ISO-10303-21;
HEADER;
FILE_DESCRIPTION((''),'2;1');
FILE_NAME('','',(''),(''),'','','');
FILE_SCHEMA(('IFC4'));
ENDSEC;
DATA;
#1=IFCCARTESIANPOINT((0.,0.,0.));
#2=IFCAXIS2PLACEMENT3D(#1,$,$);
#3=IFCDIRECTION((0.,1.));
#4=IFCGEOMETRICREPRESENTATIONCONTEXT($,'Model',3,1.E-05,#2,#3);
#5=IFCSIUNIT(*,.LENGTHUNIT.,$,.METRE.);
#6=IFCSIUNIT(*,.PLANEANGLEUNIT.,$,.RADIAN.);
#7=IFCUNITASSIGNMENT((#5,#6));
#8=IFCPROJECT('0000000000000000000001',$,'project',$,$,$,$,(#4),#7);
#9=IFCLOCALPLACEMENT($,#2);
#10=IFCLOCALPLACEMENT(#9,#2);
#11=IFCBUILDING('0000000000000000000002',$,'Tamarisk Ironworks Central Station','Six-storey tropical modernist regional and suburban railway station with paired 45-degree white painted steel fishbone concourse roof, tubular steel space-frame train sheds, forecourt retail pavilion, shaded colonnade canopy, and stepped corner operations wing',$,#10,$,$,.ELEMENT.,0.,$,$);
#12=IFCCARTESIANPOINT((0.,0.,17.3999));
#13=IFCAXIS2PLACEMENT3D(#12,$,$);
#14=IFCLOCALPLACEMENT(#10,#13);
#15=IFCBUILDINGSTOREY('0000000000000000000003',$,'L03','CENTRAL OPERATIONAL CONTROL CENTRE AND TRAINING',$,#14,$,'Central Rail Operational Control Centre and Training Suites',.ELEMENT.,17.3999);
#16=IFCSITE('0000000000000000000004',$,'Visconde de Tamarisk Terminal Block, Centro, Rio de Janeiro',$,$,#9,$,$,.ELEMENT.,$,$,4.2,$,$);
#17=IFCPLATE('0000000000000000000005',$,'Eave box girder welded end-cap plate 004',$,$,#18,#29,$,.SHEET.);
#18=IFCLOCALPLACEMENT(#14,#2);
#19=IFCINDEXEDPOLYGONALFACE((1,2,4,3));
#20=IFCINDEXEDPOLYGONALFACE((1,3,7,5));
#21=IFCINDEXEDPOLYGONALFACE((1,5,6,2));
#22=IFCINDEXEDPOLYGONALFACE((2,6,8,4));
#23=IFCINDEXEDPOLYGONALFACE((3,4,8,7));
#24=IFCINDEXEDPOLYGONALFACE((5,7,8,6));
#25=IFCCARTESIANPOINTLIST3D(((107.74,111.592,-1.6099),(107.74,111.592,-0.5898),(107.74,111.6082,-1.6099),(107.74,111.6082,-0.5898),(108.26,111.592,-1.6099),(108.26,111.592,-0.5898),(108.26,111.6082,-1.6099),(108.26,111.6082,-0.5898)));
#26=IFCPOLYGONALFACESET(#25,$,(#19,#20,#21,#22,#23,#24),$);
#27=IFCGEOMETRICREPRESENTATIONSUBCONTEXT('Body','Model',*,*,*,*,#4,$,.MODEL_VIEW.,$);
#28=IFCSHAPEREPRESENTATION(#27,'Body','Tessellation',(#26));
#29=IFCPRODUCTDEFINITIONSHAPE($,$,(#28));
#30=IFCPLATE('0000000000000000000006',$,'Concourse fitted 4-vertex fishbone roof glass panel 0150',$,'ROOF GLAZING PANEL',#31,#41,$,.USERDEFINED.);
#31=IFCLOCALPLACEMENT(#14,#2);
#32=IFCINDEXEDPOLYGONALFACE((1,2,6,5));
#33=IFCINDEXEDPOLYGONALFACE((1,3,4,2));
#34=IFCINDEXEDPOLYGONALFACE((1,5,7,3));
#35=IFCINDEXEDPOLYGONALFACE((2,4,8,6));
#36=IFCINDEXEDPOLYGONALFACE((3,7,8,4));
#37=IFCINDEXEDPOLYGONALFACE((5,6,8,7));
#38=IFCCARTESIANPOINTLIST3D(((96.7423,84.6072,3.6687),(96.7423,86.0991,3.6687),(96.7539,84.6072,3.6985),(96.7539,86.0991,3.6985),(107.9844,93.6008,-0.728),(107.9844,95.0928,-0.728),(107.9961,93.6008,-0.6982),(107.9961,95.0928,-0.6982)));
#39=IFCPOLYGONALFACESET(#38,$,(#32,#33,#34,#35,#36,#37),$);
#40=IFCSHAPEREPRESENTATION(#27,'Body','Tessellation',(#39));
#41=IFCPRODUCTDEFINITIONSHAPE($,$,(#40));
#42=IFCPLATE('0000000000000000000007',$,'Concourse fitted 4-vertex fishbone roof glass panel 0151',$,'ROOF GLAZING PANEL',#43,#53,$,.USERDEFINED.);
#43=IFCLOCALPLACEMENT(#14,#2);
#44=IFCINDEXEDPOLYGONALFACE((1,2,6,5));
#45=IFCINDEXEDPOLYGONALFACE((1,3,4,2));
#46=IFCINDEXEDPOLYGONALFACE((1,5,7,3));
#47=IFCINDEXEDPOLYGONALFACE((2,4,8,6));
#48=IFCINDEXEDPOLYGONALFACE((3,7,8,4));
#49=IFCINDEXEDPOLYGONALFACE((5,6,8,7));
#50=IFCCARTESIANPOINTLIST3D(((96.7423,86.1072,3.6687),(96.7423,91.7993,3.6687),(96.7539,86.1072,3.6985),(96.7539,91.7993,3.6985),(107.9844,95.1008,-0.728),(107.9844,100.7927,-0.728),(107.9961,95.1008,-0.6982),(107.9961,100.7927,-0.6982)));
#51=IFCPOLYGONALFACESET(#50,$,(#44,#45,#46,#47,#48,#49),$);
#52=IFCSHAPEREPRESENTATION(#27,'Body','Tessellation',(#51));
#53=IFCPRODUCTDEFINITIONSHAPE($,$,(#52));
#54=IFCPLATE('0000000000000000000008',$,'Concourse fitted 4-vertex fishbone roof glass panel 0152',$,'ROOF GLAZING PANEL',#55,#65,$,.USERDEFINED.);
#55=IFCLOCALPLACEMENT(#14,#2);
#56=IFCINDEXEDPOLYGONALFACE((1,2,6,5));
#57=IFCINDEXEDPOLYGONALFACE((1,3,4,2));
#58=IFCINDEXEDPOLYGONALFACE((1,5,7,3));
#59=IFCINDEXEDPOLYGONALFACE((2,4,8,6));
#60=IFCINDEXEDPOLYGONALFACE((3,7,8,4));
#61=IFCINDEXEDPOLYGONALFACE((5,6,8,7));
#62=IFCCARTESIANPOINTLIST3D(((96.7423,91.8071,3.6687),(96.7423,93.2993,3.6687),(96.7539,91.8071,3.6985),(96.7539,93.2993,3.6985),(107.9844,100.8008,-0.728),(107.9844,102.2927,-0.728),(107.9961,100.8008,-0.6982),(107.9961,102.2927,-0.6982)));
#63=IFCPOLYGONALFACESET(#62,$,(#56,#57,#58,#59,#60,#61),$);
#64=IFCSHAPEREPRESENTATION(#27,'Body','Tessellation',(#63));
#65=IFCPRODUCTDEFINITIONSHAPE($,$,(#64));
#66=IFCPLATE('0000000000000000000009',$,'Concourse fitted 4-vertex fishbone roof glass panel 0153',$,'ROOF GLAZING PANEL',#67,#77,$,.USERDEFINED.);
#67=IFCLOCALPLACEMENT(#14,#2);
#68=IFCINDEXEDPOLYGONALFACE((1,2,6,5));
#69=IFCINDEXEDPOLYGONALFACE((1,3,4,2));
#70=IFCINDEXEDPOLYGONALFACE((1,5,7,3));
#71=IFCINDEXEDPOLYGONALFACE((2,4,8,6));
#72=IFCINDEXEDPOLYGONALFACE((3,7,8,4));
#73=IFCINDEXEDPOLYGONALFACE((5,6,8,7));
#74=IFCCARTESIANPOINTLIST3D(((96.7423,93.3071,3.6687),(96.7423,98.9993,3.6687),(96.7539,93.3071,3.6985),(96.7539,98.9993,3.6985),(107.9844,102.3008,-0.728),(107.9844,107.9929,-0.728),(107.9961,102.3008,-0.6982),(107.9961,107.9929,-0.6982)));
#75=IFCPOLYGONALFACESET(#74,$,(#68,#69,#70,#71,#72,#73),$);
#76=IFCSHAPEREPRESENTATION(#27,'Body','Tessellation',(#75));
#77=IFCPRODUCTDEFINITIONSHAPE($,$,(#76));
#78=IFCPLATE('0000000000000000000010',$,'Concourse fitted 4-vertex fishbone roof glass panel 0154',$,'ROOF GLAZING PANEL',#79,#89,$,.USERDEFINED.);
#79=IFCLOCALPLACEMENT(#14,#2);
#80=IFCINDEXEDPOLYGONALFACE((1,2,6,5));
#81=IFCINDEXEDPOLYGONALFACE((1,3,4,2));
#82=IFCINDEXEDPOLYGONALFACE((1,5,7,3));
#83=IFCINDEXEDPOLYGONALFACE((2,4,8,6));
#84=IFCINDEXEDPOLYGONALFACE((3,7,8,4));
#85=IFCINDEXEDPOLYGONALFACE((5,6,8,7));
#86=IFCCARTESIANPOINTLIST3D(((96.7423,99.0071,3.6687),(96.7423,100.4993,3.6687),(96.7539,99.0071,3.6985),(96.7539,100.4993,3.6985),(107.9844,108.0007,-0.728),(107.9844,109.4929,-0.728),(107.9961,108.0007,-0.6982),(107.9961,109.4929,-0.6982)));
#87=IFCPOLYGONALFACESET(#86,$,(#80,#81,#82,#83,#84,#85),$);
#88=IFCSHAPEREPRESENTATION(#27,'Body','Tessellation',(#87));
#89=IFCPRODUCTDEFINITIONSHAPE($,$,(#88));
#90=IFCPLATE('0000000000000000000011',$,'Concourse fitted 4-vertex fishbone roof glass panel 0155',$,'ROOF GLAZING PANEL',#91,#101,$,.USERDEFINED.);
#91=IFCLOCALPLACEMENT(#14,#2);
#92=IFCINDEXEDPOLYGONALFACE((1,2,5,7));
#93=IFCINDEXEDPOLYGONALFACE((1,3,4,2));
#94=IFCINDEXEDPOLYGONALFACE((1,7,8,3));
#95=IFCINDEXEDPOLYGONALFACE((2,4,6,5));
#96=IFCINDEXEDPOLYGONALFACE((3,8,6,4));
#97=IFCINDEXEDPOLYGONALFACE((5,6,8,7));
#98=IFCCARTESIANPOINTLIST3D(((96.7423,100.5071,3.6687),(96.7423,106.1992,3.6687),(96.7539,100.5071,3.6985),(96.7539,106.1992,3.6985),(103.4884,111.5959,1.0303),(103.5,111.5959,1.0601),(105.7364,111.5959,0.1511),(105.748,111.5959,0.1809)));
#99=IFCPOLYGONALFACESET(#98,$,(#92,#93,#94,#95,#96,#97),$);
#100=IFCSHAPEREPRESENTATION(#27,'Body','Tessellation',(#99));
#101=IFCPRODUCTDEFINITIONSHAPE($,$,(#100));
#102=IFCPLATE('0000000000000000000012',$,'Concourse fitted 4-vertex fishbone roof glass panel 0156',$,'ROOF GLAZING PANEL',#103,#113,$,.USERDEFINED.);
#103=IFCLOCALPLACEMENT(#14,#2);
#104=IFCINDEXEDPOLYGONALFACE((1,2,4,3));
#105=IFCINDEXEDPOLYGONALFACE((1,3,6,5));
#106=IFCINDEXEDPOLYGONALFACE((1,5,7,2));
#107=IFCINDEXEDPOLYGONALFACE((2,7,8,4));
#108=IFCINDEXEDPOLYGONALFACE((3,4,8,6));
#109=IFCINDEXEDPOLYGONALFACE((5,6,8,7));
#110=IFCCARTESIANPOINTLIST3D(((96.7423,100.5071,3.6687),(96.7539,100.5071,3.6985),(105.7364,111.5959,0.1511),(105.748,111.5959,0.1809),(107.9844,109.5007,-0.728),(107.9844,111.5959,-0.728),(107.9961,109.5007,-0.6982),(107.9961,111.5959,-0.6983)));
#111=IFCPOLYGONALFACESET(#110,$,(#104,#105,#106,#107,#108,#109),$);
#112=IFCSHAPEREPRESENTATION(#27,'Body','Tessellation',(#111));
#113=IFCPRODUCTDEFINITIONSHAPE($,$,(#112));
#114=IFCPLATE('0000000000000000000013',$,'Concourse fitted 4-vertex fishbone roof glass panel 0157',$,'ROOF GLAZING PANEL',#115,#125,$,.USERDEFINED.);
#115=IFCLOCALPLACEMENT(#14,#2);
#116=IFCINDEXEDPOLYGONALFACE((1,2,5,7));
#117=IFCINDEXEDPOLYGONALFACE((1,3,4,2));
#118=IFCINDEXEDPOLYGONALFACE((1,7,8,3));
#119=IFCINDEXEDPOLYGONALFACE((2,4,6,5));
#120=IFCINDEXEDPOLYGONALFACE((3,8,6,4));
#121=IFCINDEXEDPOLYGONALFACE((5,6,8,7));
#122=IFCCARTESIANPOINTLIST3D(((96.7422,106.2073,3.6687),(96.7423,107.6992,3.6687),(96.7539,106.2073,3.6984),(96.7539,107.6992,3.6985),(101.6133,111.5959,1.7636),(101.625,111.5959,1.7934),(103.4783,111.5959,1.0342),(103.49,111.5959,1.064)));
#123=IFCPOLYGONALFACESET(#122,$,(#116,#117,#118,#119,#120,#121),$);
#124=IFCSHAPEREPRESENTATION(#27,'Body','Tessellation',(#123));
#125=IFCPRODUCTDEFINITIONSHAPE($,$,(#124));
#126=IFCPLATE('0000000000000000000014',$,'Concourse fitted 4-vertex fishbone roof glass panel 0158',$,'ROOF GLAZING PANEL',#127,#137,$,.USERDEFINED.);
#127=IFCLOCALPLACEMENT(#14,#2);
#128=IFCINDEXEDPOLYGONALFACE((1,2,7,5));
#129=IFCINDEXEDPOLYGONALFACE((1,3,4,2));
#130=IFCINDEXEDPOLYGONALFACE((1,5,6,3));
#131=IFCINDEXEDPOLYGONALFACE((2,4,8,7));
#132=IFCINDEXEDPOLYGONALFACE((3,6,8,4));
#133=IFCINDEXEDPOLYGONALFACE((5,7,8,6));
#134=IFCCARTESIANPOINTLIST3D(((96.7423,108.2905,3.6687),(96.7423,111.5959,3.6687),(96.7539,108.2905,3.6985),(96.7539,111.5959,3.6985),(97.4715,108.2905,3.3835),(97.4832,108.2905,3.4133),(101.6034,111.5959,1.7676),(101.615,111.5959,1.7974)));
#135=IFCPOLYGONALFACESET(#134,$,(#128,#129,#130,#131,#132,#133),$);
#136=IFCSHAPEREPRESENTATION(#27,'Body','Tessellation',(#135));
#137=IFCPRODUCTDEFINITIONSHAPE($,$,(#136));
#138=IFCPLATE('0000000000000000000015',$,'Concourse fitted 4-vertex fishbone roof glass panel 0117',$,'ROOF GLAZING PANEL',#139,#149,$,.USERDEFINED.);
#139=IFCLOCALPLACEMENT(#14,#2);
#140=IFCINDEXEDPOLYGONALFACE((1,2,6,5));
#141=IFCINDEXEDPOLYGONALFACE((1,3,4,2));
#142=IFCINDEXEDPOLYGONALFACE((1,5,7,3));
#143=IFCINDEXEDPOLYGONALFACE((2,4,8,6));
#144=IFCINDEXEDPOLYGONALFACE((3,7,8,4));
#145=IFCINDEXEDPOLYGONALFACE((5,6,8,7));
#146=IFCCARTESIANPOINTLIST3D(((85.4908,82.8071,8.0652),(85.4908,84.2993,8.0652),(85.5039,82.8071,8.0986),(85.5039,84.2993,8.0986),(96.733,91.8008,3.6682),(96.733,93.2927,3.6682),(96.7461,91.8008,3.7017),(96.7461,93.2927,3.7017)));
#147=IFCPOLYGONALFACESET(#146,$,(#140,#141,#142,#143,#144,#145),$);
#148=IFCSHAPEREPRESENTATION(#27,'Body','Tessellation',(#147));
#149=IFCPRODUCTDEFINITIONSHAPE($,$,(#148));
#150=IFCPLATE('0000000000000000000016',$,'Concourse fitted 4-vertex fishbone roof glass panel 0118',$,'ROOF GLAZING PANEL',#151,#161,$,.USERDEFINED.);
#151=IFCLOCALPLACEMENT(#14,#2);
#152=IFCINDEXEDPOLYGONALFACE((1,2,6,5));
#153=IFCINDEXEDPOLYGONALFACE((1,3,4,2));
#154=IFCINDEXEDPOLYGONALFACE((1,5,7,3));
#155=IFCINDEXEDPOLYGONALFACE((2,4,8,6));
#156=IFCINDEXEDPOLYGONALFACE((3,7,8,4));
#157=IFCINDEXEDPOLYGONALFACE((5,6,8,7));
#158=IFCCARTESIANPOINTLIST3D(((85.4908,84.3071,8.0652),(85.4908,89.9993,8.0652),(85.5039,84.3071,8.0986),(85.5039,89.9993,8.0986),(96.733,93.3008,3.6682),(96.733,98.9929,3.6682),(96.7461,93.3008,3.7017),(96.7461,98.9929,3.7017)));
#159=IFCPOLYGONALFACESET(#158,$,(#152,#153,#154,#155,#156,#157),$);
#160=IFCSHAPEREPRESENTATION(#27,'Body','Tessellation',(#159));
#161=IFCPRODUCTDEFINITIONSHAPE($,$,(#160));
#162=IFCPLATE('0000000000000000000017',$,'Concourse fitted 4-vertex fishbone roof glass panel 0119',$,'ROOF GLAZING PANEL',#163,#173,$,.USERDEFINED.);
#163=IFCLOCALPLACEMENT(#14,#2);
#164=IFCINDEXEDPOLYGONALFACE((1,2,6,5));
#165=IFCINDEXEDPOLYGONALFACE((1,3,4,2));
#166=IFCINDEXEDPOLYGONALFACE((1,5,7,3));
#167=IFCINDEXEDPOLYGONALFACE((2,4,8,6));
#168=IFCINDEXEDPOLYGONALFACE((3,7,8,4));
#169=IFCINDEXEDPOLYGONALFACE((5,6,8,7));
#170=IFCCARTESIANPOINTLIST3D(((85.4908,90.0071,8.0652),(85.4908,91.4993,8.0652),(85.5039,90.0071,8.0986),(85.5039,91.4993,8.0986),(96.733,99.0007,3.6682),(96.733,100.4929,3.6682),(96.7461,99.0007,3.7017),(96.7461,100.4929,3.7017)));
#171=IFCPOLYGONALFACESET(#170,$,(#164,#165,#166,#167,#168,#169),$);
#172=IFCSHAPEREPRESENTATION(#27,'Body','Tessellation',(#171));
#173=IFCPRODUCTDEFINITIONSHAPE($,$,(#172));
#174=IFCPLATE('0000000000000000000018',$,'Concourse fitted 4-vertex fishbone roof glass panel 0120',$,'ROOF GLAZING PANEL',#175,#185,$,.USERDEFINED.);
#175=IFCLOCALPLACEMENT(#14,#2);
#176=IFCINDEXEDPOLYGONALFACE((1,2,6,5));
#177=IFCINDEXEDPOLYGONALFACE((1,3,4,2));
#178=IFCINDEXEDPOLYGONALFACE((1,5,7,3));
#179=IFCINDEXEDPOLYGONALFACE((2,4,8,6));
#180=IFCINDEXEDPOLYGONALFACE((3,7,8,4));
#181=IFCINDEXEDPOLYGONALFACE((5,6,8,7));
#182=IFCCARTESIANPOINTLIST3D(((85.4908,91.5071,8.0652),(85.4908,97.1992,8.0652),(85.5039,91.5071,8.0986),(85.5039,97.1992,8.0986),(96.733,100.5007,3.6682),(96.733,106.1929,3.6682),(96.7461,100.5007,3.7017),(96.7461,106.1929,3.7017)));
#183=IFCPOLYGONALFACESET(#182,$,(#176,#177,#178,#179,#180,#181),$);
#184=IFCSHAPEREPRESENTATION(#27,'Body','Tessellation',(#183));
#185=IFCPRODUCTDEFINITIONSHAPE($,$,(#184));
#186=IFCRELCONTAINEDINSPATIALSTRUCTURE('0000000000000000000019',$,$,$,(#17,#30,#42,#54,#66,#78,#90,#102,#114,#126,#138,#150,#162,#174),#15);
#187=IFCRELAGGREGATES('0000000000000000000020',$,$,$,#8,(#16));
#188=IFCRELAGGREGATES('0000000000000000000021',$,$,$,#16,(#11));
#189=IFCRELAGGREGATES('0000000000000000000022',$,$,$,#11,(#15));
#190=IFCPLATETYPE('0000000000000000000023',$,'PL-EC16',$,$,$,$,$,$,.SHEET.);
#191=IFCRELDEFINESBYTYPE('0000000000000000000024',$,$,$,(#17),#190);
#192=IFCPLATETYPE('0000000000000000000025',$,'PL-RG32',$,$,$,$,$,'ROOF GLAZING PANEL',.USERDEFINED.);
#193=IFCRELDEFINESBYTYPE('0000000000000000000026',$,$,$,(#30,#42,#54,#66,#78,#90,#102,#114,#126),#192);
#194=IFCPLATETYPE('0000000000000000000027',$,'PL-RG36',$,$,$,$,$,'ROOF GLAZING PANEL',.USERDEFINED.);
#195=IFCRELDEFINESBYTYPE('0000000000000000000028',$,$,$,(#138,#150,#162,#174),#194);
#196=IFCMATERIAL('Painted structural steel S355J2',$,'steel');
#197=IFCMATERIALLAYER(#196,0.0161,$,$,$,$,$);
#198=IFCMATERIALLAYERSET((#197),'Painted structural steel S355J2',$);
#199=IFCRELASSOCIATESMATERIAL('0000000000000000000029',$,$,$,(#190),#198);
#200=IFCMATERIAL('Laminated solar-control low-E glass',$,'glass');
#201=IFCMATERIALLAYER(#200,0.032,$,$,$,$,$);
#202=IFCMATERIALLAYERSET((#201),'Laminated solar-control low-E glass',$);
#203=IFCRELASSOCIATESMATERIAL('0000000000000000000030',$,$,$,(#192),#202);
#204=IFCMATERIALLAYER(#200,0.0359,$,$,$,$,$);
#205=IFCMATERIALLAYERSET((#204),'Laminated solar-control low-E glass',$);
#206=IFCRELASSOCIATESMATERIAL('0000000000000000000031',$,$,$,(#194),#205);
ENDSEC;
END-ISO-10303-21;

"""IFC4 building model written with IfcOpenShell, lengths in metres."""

from ifc_helpers import new_model, si_unit, direction, frame, origin, origin_2d, place, context, subcontext, project, spatial, polyline, rectangle, outline, extrude, material, layer, layer_set, type_object, element, save


model = new_model("IFC4")

# Units and contexts
model_context = context("Model", 3, precision=1e-05, world=origin(), true_north=direction((0.0, 1.0)))
body_context = subcontext(model_context, "Body", "Model", "MODEL_VIEW")
ifc_project = project(units=[si_unit("LENGTHUNIT", "METRE"), si_unit("PLANEANGLEUNIT", "RADIAN")], contexts=[model_context])

# Site, building, storey
site_placement = place(None, origin())
site = spatial("IfcSite", under=ifc_project, at=site_placement, Name="Visconde de Tamarisk Terminal Block, Centro, Rio de Janeiro", CompositionType="ELEMENT", RefElevation=4.2)
building_placement = place(site_placement, origin())
building = spatial("IfcBuilding", under=site, at=building_placement, Name="Tamarisk Ironworks Central Station", Description="Six-storey tropical modernist regional and suburban railway station with paired 45-degree white painted steel fishbone concourse roof, tubular steel space-frame train sheds, forecourt retail pavilion, shaded colonnade canopy, and stepped corner operations wing", CompositionType="ELEMENT", ElevationOfRefHeight=0.0)
storey_placement = place(building_placement, frame((0.0, 0.0, 17.3999)))
storey = spatial("IfcBuildingStorey", under=building, at=storey_placement, Name="L03", Description="CENTRAL OPERATIONAL CONTROL CENTRE AND TRAINING", LongName="Central Rail Operational Control Centre and Training Suites", CompositionType="ELEMENT", Elevation=17.3999)

# Shared definitions
ifc_material_1 = material(Name="Painted structural steel S355J2", Category="steel")

# Plates
ifc_layer_1 = layer(ifc_material_1, 0.0161)
ifc_layer_set_1 = layer_set([ifc_layer_1], Name="Painted structural steel S355J2")
plate_type_1 = type_object("IfcPlateType", Name="PL-EC16", PredefinedType="SHEET", material=ifc_layer_set_1)
plate_1_placement = place(storey_placement, frame((108.0, 111.6001, -1.6099), z_axis=(0.0, 0.0, 1.0), x_axis=(1.0, 0.0, 0.0)))
element("IfcPlate", 1, at=plate_1_placement, inside=storey, type_object=plate_type_1, Name="Eave box girder welded end-cap plate 004", PredefinedType="SHEET", context=body_context, shape_type="SweptSolid", body=[
    extrude(rectangle(XDim=0.52, YDim=0.0161, at=origin_2d()), origin(), (0.0, 0.0, 1.0), 1.02),
])
ifc_material_2 = material(Name="Laminated solar-control low-E glass", Category="glass")
ifc_layer_2 = layer(ifc_material_2, 0.032)
ifc_layer_set_2 = layer_set([ifc_layer_2], Name="Laminated solar-control low-E glass")
plate_type_2 = type_object("IfcPlateType", Name="PL-RG32", ElementType="ROOF GLAZING PANEL", PredefinedType="USERDEFINED", material=ifc_layer_set_2)
plate_2_placement = place(storey_placement, frame((107.9961, 93.6008, -0.6982), z_axis=(0.364228, 0.0, 0.93131), x_axis=(0.0, 1.0, 0.0)))
element("IfcPlate", 2, at=plate_2_placement, inside=storey, type_object=plate_type_2, Name="Concourse fitted 4-vertex fishbone roof glass panel 0150", ObjectType="ROOF GLAZING PANEL", PredefinedType="USERDEFINED", context=body_context, shape_type="SweptSolid", body=[
    extrude(outline(polyline([(0.0, 0.0), (1.4919, 0.0), (-7.5017, 12.0714), (-8.9937, 12.0714), (0.0, 0.0)])), origin(), (0.0, 0.0, -1.0), 0.032),
])
plate_3_placement = place(storey_placement, frame((107.9961, 95.1008, -0.6982), z_axis=(0.364228, 0.0, 0.93131), x_axis=(0.0, 1.0, 0.0)))
element("IfcPlate", 3, at=plate_3_placement, inside=storey, type_object=plate_type_2, Name="Concourse fitted 4-vertex fishbone roof glass panel 0151", ObjectType="ROOF GLAZING PANEL", PredefinedType="USERDEFINED", context=body_context, shape_type="SweptSolid", body=[
    extrude(outline(polyline([(0.0, 0.0), (5.6919, 0.0), (-3.3015, 12.0714), (-8.9937, 12.0714), (0.0, 0.0)])), origin(), (0.0, 0.0, -1.0), 0.032),
])
plate_4_placement = place(storey_placement, frame((107.9961, 100.8008, -0.6982), z_axis=(0.364228, 0.0, 0.93131), x_axis=(0.0, 1.0, 0.0)))
element("IfcPlate", 4, at=plate_4_placement, inside=storey, type_object=plate_type_2, Name="Concourse fitted 4-vertex fishbone roof glass panel 0152", ObjectType="ROOF GLAZING PANEL", PredefinedType="USERDEFINED", context=body_context, shape_type="SweptSolid", body=[
    extrude(outline(polyline([(0.0, 0.0), (1.4919, 0.0), (-7.5015, 12.0714), (-8.9937, 12.0714), (0.0, 0.0)])), origin(), (0.0, 0.0, -1.0), 0.032),
])
plate_5_placement = place(storey_placement, frame((107.9961, 102.3008, -0.6982), z_axis=(0.364228, 0.0, 0.93131), x_axis=(0.0, 1.0, 0.0)))
element("IfcPlate", 5, at=plate_5_placement, inside=storey, type_object=plate_type_2, Name="Concourse fitted 4-vertex fishbone roof glass panel 0153", ObjectType="ROOF GLAZING PANEL", PredefinedType="USERDEFINED", context=body_context, shape_type="SweptSolid", body=[
    extrude(outline(polyline([(0.0, 0.0), (5.6921, 0.0), (-3.3015, 12.0714), (-8.9937, 12.0714), (0.0, 0.0)])), origin(), (0.0, 0.0, -1.0), 0.032),
])
plate_6_placement = place(storey_placement, frame((107.9961, 108.0007, -0.6982), z_axis=(0.364228, 0.0, 0.93131), x_axis=(0.0, 1.0, 0.0)))
element("IfcPlate", 6, at=plate_6_placement, inside=storey, type_object=plate_type_2, Name="Concourse fitted 4-vertex fishbone roof glass panel 0154", ObjectType="ROOF GLAZING PANEL", PredefinedType="USERDEFINED", context=body_context, shape_type="SweptSolid", body=[
    extrude(outline(polyline([(0.0, 0.0), (1.4922, 0.0), (-7.5015, 12.0714), (-8.9937, 12.0714), (0.0, 0.0)])), origin(), (0.0, 0.0, -1.0), 0.032),
])
plate_7_placement = place(storey_placement, frame((105.748, 111.5959, 0.1809), z_axis=(0.364228, 0.000007, 0.93131), x_axis=(-0.93131, 0.0, 0.364228)))
element("IfcPlate", 7, at=plate_7_placement, inside=storey, type_object=plate_type_2, Name="Concourse fitted 4-vertex fishbone roof glass panel 0155", ObjectType="ROOF GLAZING PANEL", PredefinedType="USERDEFINED", context=body_context, shape_type="SweptSolid", body=[
    extrude(outline(polyline([(0.0, 0.0), (2.4138, 0.0), (9.6575, 5.3967), (9.6575, 11.0889), (0.0, 0.0)])), origin(), (0.0, 0.0, -1.0), 0.032),
])
plate_8_placement = place(storey_placement, frame((107.9961, 109.5007, -0.6982), z_axis=(0.36422, 0.000009, 0.931313), x_axis=(-0.000003, 1.0, -0.000009)))
element("IfcPlate", 8, at=plate_8_placement, inside=storey, type_object=plate_type_2, Name="Concourse fitted 4-vertex fishbone roof glass panel 0156", ObjectType="ROOF GLAZING PANEL", PredefinedType="USERDEFINED", context=body_context, shape_type="SweptSolid", body=[
    extrude(outline(polyline([(0.0, 0.0), (2.0952, 0.0), (2.0952, 2.4138), (-8.9937, 12.0714), (0.0, 0.0)])), origin(), (0.0, 0.0, -1.0), 0.032),
])
plate_9_placement = place(storey_placement, frame((103.49, 111.5959, 1.064), z_axis=(0.364254, -0.00003, 0.9313), x_axis=(-0.9313, 0.0, 0.364254)))
element("IfcPlate", 9, at=plate_9_placement, inside=storey, type_object=plate_type_2, Name="Concourse fitted 4-vertex fishbone roof glass panel 0157", ObjectType="ROOF GLAZING PANEL", PredefinedType="USERDEFINED", context=body_context, shape_type="SweptSolid", body=[
    extrude(outline(polyline([(0.0, 0.0), (2.0026, 0.0), (7.2329, 3.8967), (7.2329, 5.3887), (0.0, 0.0)])), origin(), (0.0, 0.0, -1.0), 0.032),
])
plate_10_placement = place(storey_placement, frame((97.4832, 108.2905, 3.4133), z_axis=(0.36422, 0.000011, 0.931313), x_axis=(0.746824, 0.597449, -0.292077)))
element("IfcPlate", 10, at=plate_10_placement, inside=storey, type_object=plate_type_2, Name="Concourse fitted 4-vertex fishbone roof glass panel 0158", ObjectType="ROOF GLAZING PANEL", PredefinedType="USERDEFINED", context=body_context, shape_type="SweptSolid", body=[
    extrude(outline(polyline([(0.0, 0.0), (5.5326, 0.0), (1.3469, 3.1185), (-0.6279, 0.4678), (0.0, 0.0)])), origin(), (0.0, 0.0, -1.0), 0.032),
])
ifc_layer_3 = layer(ifc_material_2, 0.0359)
ifc_layer_set_3 = layer_set([ifc_layer_3], Name="Laminated solar-control low-E glass")
plate_type_3 = type_object("IfcPlateType", Name="PL-RG36", ElementType="ROOF GLAZING PANEL", PredefinedType="USERDEFINED", material=ifc_layer_set_3)
plate_11_placement = place(storey_placement, frame((96.7461, 91.8008, 3.7017), z_axis=(0.364245, 0.0, 0.931303), x_axis=(0.0, 1.0, 0.0)))
element("IfcPlate", 11, at=plate_11_placement, inside=storey, type_object=plate_type_3, Name="Concourse fitted 4-vertex fishbone roof glass panel 0117", ObjectType="ROOF GLAZING PANEL", PredefinedType="USERDEFINED", context=body_context, shape_type="SweptSolid", body=[
    extrude(outline(polyline([(0.0, 0.0), (1.4919, 0.0), (-7.5015, 12.0715), (-8.9937, 12.0715), (0.0, 0.0)])), origin(), (0.0, 0.0, -1.0), 0.0359),
])
plate_12_placement = place(storey_placement, frame((96.7461, 93.3008, 3.7017), z_axis=(0.364245, 0.0, 0.931303), x_axis=(0.0, 1.0, 0.0)))
element("IfcPlate", 12, at=plate_12_placement, inside=storey, type_object=plate_type_3, Name="Concourse fitted 4-vertex fishbone roof glass panel 0118", ObjectType="ROOF GLAZING PANEL", PredefinedType="USERDEFINED", context=body_context, shape_type="SweptSolid", body=[
    extrude(outline(polyline([(0.0, 0.0), (5.6921, 0.0), (-3.3015, 12.0715), (-8.9937, 12.0715), (0.0, 0.0)])), origin(), (0.0, 0.0, -1.0), 0.0359),
])
plate_13_placement = place(storey_placement, frame((96.7461, 99.0007, 3.7017), z_axis=(0.364245, 0.0, 0.931303), x_axis=(0.0, 1.0, 0.0)))
element("IfcPlate", 13, at=plate_13_placement, inside=storey, type_object=plate_type_3, Name="Concourse fitted 4-vertex fishbone roof glass panel 0119", ObjectType="ROOF GLAZING PANEL", PredefinedType="USERDEFINED", context=body_context, shape_type="SweptSolid", body=[
    extrude(outline(polyline([(0.0, 0.0), (1.4922, 0.0), (-7.5015, 12.0715), (-8.9937, 12.0715), (0.0, 0.0)])), origin(), (0.0, 0.0, -1.0), 0.0359),
])
plate_14_placement = place(storey_placement, frame((96.7461, 100.5007, 3.7017), z_axis=(0.364245, 0.0, 0.931303), x_axis=(0.0, 1.0, 0.0)))
element("IfcPlate", 14, at=plate_14_placement, inside=storey, type_object=plate_type_3, Name="Concourse fitted 4-vertex fishbone roof glass panel 0120", ObjectType="ROOF GLAZING PANEL", PredefinedType="USERDEFINED", context=body_context, shape_type="SweptSolid", body=[
    extrude(outline(polyline([(0.0, 0.0), (5.6921, 0.0), (-3.3015, 12.0715), (-8.9937, 12.0715), (0.0, 0.0)])), origin(), (0.0, 0.0, -1.0), 0.0359),
])

save(model, "model.ifc")
